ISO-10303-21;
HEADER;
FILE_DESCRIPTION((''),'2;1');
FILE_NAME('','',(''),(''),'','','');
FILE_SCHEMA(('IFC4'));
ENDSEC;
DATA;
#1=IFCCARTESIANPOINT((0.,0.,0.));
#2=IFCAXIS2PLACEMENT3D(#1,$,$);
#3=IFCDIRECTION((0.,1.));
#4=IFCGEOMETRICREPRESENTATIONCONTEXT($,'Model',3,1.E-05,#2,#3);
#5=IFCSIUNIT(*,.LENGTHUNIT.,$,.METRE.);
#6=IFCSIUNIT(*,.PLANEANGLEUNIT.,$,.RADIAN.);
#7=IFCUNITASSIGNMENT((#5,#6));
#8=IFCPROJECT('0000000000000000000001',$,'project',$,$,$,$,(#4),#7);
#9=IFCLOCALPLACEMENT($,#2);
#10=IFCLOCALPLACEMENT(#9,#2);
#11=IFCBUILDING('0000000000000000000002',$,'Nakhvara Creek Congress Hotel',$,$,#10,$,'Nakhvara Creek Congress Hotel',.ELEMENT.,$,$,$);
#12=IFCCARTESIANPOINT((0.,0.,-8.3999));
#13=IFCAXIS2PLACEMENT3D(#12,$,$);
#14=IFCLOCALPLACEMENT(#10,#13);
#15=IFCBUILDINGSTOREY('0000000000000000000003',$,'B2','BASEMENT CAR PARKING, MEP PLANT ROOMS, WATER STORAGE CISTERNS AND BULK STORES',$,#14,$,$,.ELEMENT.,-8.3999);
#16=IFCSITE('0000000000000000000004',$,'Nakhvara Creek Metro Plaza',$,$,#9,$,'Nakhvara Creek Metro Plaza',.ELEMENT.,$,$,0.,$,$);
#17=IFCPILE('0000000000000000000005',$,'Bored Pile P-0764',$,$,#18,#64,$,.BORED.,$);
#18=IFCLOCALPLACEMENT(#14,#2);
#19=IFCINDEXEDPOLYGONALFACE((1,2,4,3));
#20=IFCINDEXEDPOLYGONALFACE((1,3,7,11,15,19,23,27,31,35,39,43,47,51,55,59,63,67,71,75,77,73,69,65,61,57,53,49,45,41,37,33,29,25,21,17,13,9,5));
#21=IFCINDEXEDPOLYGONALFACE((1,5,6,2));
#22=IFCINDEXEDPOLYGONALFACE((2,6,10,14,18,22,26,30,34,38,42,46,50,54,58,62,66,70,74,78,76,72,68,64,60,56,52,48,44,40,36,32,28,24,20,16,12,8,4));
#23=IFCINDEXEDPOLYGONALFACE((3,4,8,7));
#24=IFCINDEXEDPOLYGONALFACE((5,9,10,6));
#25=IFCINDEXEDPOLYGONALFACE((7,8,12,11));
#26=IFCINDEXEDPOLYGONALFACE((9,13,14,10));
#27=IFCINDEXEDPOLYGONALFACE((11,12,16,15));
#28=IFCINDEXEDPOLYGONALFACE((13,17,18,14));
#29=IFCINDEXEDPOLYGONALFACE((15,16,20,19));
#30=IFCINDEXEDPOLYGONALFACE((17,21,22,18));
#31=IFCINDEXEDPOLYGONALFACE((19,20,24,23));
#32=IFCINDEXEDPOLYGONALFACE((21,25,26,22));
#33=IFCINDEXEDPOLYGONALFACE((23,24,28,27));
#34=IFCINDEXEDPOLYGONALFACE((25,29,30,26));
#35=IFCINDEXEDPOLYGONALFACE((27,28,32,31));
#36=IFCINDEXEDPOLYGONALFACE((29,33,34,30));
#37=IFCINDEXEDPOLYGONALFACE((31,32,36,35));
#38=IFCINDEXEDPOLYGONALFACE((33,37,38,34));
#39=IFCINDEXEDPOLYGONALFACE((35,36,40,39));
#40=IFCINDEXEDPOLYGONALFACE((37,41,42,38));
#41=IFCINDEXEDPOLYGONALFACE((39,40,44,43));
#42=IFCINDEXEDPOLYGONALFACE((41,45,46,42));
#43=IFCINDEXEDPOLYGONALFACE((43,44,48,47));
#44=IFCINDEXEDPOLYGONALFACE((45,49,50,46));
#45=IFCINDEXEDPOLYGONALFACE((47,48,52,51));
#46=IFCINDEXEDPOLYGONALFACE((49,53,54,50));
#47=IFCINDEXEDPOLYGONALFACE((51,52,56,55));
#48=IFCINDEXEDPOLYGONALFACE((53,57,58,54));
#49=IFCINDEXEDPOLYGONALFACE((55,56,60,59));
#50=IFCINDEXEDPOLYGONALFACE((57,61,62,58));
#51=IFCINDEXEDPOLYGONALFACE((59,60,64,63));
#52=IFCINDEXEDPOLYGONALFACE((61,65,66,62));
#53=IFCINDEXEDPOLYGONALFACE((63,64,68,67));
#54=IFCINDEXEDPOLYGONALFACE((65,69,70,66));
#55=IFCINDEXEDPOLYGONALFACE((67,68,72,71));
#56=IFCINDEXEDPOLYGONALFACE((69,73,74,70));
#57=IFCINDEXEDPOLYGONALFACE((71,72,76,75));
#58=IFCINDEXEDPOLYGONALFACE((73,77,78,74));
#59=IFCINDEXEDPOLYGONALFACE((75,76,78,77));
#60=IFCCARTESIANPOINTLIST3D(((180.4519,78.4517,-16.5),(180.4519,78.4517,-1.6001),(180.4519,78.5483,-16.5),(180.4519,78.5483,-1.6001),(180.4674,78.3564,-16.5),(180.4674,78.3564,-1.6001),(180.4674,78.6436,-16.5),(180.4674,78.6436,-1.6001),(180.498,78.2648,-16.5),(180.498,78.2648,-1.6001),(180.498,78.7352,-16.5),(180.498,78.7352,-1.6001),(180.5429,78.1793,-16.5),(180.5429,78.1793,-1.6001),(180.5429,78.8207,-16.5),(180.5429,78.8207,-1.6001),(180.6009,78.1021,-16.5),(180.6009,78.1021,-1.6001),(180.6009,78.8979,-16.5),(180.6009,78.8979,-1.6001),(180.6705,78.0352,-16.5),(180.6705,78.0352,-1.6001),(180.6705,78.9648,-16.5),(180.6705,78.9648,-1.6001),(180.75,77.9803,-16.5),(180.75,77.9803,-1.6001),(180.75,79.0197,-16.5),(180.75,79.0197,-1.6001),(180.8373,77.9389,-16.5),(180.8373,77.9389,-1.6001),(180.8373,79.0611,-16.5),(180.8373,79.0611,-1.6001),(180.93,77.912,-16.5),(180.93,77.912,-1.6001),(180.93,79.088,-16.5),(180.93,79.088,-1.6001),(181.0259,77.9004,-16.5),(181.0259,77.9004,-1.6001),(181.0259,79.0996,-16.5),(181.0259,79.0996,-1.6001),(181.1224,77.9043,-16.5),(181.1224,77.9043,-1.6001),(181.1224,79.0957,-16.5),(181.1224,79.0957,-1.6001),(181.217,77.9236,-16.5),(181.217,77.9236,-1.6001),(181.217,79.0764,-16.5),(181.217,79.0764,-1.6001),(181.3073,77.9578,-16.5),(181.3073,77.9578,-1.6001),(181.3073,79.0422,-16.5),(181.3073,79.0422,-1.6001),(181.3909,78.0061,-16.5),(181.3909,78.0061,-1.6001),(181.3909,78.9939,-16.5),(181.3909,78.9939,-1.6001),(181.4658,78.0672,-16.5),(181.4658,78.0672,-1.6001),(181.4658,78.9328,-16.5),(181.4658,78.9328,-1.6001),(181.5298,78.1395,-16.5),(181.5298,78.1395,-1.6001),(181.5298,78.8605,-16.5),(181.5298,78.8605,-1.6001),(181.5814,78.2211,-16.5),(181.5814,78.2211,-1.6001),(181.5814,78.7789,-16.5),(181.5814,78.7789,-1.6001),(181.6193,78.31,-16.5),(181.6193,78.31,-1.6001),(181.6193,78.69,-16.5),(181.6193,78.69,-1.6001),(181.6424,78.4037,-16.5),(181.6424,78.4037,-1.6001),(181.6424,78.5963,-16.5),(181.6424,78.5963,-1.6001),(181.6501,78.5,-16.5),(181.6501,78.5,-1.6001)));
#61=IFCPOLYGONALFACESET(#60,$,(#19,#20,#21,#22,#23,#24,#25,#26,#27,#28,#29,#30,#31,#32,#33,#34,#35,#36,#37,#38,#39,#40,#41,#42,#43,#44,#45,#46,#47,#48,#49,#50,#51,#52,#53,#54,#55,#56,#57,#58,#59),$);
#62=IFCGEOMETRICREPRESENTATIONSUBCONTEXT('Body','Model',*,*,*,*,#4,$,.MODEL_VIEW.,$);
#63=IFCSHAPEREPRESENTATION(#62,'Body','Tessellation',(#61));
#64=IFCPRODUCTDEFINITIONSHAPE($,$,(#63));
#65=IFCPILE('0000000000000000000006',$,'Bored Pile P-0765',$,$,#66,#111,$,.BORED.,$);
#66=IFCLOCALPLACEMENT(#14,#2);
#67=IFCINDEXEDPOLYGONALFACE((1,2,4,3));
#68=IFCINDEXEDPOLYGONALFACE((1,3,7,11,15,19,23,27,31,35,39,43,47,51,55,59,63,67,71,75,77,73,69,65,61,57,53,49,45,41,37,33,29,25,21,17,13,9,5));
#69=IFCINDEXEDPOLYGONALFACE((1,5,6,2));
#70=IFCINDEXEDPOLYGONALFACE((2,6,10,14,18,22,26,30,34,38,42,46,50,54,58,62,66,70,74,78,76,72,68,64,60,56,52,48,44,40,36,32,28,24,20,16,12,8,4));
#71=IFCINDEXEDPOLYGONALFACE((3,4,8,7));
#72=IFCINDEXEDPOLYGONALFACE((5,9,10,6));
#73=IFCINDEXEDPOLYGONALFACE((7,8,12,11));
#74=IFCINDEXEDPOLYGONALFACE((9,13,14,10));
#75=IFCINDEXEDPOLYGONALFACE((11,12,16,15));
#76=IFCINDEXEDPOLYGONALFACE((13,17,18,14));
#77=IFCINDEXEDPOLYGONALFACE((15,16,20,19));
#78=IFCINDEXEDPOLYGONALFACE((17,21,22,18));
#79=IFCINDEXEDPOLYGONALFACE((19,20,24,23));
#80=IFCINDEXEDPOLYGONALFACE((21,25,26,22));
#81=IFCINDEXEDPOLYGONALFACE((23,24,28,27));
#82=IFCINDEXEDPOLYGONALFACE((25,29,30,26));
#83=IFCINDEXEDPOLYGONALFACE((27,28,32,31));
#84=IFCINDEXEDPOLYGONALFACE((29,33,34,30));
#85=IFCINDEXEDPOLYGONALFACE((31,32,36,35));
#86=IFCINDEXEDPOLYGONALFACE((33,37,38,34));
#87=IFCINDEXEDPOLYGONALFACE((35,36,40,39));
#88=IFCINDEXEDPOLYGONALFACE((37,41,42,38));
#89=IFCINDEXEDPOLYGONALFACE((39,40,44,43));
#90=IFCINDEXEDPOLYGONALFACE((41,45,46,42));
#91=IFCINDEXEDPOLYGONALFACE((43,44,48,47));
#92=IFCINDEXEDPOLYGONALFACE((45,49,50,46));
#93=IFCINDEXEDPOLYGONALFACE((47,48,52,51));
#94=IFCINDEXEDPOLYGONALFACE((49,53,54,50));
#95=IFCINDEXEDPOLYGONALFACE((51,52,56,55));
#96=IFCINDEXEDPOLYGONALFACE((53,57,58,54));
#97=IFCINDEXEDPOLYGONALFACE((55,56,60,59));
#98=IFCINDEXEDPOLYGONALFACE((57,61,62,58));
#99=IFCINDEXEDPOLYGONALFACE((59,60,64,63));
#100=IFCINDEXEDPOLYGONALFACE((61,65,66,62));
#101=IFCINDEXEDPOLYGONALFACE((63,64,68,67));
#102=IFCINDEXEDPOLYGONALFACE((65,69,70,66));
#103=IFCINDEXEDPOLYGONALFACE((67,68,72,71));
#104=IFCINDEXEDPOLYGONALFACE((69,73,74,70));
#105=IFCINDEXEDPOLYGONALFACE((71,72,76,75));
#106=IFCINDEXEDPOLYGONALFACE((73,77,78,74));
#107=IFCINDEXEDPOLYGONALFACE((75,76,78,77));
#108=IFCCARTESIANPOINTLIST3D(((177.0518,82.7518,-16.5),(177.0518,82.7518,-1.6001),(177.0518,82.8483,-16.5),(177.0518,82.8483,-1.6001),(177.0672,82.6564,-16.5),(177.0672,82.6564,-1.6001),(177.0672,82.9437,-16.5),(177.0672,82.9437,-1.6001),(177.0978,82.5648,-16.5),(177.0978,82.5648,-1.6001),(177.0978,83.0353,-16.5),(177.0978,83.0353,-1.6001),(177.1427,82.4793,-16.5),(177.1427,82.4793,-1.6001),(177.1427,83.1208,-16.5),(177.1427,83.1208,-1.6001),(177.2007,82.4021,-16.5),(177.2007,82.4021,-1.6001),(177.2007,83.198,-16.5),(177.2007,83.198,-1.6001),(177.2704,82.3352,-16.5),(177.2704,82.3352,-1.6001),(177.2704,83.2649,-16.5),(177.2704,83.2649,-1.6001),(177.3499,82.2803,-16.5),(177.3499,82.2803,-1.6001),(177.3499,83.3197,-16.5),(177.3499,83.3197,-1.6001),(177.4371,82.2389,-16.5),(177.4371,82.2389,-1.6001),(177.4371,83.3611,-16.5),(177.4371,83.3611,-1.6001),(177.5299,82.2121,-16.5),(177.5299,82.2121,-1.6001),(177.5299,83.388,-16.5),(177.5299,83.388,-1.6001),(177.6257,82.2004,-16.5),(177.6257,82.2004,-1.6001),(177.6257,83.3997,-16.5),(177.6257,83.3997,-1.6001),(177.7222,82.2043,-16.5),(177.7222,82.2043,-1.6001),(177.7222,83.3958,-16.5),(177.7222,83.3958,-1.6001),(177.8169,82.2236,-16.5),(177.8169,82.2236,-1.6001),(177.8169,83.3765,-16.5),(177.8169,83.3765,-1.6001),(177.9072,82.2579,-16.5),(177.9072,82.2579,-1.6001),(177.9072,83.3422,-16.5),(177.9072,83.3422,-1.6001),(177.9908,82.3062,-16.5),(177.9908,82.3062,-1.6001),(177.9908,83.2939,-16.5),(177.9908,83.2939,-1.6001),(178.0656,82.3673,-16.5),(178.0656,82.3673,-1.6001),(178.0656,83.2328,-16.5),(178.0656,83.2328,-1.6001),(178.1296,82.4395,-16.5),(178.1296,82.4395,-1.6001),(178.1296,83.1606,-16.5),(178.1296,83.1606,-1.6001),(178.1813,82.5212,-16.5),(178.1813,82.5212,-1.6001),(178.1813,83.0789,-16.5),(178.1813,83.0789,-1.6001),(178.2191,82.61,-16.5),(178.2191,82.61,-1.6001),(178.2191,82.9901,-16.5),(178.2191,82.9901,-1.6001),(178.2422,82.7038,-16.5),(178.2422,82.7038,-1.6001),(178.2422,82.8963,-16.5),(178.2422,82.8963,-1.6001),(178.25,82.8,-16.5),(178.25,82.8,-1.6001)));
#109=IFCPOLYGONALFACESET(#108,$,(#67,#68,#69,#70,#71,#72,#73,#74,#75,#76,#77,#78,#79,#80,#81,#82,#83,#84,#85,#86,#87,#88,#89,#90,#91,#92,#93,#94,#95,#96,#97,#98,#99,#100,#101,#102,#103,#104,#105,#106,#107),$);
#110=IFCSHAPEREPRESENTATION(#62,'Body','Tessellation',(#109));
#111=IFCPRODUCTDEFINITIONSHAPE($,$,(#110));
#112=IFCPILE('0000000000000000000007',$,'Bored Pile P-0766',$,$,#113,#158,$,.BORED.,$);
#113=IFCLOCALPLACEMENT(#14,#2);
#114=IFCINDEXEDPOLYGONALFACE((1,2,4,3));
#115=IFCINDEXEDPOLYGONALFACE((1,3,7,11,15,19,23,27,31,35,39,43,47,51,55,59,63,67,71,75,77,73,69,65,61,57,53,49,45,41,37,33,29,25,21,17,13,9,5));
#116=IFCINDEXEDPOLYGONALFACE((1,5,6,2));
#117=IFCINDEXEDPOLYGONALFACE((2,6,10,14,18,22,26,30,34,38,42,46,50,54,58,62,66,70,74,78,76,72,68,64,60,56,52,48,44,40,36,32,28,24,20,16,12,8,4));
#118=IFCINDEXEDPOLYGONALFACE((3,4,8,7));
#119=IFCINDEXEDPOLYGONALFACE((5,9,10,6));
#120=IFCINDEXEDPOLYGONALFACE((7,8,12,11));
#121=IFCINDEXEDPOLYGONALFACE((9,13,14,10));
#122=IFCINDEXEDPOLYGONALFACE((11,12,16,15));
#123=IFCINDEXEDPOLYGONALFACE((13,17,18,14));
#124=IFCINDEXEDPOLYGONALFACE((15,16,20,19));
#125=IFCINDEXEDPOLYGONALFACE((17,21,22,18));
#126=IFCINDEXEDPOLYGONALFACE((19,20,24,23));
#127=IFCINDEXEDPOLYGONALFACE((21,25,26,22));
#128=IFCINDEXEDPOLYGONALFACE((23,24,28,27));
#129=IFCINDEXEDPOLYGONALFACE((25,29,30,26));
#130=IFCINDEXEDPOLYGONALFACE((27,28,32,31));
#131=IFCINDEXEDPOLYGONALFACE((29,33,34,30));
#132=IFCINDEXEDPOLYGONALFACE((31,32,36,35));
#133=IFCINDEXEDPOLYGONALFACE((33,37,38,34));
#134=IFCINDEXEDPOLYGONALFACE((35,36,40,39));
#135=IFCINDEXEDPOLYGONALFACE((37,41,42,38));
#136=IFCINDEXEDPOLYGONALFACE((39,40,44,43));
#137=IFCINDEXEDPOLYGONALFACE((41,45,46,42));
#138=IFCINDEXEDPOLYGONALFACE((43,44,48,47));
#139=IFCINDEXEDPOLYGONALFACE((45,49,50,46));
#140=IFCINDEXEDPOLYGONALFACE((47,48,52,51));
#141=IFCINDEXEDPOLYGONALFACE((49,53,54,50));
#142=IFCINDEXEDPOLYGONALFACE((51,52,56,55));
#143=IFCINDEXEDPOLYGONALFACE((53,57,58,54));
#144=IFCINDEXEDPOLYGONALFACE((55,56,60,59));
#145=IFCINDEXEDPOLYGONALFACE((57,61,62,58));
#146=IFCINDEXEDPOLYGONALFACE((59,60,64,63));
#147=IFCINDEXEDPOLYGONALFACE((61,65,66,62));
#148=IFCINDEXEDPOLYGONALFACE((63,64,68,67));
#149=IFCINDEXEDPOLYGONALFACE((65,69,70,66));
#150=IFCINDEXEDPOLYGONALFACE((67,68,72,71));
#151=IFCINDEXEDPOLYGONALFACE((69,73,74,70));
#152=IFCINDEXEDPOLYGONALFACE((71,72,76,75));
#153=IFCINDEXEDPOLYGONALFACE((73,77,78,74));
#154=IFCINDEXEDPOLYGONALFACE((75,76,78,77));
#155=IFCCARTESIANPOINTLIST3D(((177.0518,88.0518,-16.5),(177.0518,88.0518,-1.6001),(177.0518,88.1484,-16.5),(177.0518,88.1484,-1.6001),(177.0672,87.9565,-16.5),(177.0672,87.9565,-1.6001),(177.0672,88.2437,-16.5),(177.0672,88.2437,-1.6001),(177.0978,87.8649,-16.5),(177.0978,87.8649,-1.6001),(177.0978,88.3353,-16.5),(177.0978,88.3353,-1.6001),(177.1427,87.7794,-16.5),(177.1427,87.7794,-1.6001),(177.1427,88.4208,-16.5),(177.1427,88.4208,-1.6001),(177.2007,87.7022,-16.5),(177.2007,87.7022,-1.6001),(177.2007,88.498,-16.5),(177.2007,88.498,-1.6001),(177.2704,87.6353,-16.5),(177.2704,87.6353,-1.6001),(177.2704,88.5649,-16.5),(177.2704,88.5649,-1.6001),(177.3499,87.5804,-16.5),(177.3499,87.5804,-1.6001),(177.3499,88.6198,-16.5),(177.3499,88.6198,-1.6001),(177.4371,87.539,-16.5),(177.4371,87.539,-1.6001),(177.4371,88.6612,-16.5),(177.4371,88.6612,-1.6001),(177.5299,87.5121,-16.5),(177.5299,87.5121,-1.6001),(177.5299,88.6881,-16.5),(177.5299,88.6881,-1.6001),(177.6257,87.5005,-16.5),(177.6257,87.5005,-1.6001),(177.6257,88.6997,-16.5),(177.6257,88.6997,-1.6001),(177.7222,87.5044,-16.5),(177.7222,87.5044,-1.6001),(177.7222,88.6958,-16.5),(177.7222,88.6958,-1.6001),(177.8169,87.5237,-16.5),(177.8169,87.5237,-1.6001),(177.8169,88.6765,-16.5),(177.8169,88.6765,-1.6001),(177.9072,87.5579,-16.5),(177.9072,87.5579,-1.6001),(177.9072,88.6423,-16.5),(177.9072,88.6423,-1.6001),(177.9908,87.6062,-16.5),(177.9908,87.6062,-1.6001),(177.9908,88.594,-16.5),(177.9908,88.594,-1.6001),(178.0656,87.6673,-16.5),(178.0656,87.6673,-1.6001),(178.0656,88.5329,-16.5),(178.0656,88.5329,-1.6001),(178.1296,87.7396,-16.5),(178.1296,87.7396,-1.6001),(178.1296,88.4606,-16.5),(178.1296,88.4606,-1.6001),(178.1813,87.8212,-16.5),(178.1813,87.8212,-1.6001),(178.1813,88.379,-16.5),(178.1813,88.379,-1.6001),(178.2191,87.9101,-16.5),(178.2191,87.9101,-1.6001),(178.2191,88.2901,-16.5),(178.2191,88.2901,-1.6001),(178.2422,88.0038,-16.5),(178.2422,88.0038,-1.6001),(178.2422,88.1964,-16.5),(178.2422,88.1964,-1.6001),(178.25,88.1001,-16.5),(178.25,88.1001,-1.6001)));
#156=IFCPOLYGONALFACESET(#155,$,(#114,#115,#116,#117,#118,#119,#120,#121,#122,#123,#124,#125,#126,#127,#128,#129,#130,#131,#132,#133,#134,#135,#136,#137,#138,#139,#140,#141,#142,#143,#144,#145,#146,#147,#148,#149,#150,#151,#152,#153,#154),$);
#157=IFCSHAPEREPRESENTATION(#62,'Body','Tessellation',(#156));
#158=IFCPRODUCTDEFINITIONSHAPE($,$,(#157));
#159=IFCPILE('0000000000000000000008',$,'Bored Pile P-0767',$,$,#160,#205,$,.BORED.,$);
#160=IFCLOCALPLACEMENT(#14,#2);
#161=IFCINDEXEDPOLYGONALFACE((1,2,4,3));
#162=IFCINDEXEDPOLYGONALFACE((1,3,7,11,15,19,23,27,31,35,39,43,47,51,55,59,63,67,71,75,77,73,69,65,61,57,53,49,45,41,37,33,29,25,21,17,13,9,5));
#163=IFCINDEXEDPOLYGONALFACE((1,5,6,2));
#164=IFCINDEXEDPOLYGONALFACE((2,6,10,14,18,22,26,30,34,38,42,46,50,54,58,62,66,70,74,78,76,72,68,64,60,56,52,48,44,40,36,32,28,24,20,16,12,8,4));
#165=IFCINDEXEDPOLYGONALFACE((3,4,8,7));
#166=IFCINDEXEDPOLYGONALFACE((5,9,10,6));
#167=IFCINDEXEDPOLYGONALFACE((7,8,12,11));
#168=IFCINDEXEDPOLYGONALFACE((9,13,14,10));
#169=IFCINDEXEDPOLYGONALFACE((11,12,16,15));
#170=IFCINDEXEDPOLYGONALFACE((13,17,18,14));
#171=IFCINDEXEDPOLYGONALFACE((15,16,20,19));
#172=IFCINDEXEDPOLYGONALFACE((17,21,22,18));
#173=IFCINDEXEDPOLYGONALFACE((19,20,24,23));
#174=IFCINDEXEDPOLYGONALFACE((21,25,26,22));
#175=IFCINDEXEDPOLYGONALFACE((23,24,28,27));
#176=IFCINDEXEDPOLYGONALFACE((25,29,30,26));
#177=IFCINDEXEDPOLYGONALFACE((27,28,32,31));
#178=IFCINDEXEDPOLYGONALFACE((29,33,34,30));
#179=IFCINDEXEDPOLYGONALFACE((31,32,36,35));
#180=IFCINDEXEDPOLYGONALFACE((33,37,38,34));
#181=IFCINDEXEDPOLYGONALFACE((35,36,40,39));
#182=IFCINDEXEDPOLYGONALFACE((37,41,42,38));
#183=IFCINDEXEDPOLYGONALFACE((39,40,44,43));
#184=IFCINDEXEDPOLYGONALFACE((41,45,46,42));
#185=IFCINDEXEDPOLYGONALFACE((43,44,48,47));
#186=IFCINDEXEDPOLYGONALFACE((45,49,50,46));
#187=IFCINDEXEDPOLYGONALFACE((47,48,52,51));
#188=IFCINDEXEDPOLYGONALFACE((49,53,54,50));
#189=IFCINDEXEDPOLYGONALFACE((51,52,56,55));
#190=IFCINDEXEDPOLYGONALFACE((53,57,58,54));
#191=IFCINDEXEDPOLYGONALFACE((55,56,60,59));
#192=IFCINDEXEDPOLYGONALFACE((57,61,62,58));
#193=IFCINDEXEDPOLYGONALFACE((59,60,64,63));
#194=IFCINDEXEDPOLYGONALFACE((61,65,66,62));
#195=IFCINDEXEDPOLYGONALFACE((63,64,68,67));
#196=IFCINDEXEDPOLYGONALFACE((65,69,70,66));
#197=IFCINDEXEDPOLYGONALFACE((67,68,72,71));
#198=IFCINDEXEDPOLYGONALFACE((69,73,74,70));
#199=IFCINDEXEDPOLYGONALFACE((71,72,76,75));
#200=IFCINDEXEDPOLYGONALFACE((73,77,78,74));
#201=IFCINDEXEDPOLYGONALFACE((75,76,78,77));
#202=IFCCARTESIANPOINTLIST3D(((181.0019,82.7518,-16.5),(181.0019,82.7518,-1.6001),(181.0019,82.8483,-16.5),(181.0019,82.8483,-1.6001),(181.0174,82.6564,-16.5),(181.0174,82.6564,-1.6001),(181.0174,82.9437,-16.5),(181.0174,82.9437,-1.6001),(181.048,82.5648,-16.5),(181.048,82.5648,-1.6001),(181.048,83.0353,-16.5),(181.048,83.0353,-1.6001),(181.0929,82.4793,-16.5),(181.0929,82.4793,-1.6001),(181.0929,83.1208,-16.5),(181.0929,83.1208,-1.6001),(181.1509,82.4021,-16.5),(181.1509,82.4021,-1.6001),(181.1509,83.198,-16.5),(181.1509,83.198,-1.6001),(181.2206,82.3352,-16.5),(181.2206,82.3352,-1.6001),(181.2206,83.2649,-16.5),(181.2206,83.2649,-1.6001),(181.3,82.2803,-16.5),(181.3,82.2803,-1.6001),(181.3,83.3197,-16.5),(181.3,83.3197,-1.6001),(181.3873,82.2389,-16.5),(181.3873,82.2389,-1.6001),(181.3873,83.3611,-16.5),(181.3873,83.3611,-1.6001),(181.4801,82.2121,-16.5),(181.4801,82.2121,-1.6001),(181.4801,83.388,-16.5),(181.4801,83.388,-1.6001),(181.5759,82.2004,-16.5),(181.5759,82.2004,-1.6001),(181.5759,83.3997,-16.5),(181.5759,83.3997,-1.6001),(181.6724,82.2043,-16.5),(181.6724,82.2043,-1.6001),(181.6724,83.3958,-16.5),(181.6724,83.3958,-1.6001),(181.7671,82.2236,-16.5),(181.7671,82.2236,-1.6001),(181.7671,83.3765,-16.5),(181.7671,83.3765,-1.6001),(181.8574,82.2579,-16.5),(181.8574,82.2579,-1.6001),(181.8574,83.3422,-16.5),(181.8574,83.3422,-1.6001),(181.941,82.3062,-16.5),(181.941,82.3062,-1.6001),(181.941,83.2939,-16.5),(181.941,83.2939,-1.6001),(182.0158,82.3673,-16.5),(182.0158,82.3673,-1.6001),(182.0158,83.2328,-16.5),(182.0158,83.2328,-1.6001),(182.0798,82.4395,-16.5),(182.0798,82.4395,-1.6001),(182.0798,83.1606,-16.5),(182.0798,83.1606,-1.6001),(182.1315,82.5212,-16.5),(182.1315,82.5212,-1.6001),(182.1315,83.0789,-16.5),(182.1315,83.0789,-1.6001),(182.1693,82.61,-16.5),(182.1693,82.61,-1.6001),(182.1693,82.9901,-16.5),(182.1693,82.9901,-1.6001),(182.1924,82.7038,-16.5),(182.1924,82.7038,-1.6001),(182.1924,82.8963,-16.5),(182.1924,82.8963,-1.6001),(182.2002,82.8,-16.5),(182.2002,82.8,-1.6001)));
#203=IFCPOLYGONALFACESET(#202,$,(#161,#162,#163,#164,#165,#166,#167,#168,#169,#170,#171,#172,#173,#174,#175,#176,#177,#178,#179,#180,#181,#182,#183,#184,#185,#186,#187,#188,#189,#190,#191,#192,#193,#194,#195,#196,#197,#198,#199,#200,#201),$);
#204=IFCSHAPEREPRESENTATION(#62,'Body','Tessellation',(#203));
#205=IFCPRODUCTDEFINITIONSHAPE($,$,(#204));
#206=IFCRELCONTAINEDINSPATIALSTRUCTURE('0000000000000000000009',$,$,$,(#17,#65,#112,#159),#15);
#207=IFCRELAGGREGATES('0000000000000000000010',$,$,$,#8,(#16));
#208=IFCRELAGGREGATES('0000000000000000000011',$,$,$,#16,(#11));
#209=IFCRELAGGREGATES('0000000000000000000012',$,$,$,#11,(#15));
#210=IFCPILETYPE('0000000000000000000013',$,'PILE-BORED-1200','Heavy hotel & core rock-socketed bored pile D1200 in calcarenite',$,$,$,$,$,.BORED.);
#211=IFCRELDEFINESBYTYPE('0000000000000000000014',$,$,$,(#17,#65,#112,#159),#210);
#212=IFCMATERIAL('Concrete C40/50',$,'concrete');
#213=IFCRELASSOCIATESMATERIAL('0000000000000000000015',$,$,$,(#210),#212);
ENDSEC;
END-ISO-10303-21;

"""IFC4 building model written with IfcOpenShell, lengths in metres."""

from ifc_helpers import new_model, si_unit, direction, frame, origin, origin_2d, place, context, subcontext, project, spatial, circle, extrude, material, material_profile, profile_set, type_object, element, save


model = new_model("IFC4")

# Units and contexts
model_context = context("Model", 3, precision=1e-05, world=origin(), true_north=direction((0.0, 1.0)))
body_context = subcontext(model_context, "Body", "Model", "MODEL_VIEW")
ifc_project = project(units=[si_unit("LENGTHUNIT", "METRE"), si_unit("PLANEANGLEUNIT", "RADIAN")], contexts=[model_context])

# Site, building, storey
site_placement = place(None, origin())
site = spatial("IfcSite", under=ifc_project, at=site_placement, Name="Nakhvara Creek Metro Plaza", LongName="Nakhvara Creek Metro Plaza", CompositionType="ELEMENT", RefElevation=0.0)
building_placement = place(site_placement, origin())
building = spatial("IfcBuilding", under=site, at=building_placement, Name="Nakhvara Creek Congress Hotel", LongName="Nakhvara Creek Congress Hotel", CompositionType="ELEMENT")
storey_placement = place(building_placement, frame((0.0, 0.0, -8.3999)))
storey = spatial("IfcBuildingStorey", under=building, at=storey_placement, Name="B2", Description="BASEMENT CAR PARKING, MEP PLANT ROOMS, WATER STORAGE CISTERNS AND BULK STORES", CompositionType="ELEMENT", Elevation=-8.3999)

# Shared definitions
ifc_material_1 = material(Name="Concrete C40/50", Category="concrete")

# Piles
ifc_material_profile_1 = material_profile(ifc_material_1, circle(Radius=0.6001, at=origin_2d()), Name="BORED PILE D1200", Category="LoadBearing")
ifc_profile_set_1 = profile_set([ifc_material_profile_1], Name="Concrete C40/50")
pile_type = type_object("IfcPileType", Name="PILE-BORED-1200", Description="Heavy hotel & core rock-socketed bored pile D1200 in calcarenite", PredefinedType="BORED", material=ifc_profile_set_1)
for number, where, z_axis, x_axis, name in (
    (1, (181.05, 78.5, -1.6001), (0.0, 0.0, -1.0), (1.0, 0.0, 0.0), "Bored Pile P-0764"),
    (2, (177.6499, 82.8, -1.6001), (0.0, 0.0, -1.0), (1.0, 0.0, 0.0), "Bored Pile P-0765"),
    (3, (177.6499, 88.1001, -1.6001), (0.0, 0.0, -1.0), (1.0, 0.0, 0.0), "Bored Pile P-0766"),
    (4, (181.6001, 82.8, -1.6001), (0.0, 0.0, -1.0), (1.0, 0.0, 0.0), "Bored Pile P-0767"),
):
    element("IfcPile", number, at=place(storey_placement, frame(where, z_axis=z_axis, x_axis=x_axis)), inside=storey, type_object=pile_type, Name=name, PredefinedType="BORED", context=body_context, shape_type="SweptSolid", body=[
        extrude(circle(Radius=0.6001, at=origin_2d()), origin(), (0.0, 0.0, 1.0), 14.8999),
    ])

save(model, "model.ifc")
